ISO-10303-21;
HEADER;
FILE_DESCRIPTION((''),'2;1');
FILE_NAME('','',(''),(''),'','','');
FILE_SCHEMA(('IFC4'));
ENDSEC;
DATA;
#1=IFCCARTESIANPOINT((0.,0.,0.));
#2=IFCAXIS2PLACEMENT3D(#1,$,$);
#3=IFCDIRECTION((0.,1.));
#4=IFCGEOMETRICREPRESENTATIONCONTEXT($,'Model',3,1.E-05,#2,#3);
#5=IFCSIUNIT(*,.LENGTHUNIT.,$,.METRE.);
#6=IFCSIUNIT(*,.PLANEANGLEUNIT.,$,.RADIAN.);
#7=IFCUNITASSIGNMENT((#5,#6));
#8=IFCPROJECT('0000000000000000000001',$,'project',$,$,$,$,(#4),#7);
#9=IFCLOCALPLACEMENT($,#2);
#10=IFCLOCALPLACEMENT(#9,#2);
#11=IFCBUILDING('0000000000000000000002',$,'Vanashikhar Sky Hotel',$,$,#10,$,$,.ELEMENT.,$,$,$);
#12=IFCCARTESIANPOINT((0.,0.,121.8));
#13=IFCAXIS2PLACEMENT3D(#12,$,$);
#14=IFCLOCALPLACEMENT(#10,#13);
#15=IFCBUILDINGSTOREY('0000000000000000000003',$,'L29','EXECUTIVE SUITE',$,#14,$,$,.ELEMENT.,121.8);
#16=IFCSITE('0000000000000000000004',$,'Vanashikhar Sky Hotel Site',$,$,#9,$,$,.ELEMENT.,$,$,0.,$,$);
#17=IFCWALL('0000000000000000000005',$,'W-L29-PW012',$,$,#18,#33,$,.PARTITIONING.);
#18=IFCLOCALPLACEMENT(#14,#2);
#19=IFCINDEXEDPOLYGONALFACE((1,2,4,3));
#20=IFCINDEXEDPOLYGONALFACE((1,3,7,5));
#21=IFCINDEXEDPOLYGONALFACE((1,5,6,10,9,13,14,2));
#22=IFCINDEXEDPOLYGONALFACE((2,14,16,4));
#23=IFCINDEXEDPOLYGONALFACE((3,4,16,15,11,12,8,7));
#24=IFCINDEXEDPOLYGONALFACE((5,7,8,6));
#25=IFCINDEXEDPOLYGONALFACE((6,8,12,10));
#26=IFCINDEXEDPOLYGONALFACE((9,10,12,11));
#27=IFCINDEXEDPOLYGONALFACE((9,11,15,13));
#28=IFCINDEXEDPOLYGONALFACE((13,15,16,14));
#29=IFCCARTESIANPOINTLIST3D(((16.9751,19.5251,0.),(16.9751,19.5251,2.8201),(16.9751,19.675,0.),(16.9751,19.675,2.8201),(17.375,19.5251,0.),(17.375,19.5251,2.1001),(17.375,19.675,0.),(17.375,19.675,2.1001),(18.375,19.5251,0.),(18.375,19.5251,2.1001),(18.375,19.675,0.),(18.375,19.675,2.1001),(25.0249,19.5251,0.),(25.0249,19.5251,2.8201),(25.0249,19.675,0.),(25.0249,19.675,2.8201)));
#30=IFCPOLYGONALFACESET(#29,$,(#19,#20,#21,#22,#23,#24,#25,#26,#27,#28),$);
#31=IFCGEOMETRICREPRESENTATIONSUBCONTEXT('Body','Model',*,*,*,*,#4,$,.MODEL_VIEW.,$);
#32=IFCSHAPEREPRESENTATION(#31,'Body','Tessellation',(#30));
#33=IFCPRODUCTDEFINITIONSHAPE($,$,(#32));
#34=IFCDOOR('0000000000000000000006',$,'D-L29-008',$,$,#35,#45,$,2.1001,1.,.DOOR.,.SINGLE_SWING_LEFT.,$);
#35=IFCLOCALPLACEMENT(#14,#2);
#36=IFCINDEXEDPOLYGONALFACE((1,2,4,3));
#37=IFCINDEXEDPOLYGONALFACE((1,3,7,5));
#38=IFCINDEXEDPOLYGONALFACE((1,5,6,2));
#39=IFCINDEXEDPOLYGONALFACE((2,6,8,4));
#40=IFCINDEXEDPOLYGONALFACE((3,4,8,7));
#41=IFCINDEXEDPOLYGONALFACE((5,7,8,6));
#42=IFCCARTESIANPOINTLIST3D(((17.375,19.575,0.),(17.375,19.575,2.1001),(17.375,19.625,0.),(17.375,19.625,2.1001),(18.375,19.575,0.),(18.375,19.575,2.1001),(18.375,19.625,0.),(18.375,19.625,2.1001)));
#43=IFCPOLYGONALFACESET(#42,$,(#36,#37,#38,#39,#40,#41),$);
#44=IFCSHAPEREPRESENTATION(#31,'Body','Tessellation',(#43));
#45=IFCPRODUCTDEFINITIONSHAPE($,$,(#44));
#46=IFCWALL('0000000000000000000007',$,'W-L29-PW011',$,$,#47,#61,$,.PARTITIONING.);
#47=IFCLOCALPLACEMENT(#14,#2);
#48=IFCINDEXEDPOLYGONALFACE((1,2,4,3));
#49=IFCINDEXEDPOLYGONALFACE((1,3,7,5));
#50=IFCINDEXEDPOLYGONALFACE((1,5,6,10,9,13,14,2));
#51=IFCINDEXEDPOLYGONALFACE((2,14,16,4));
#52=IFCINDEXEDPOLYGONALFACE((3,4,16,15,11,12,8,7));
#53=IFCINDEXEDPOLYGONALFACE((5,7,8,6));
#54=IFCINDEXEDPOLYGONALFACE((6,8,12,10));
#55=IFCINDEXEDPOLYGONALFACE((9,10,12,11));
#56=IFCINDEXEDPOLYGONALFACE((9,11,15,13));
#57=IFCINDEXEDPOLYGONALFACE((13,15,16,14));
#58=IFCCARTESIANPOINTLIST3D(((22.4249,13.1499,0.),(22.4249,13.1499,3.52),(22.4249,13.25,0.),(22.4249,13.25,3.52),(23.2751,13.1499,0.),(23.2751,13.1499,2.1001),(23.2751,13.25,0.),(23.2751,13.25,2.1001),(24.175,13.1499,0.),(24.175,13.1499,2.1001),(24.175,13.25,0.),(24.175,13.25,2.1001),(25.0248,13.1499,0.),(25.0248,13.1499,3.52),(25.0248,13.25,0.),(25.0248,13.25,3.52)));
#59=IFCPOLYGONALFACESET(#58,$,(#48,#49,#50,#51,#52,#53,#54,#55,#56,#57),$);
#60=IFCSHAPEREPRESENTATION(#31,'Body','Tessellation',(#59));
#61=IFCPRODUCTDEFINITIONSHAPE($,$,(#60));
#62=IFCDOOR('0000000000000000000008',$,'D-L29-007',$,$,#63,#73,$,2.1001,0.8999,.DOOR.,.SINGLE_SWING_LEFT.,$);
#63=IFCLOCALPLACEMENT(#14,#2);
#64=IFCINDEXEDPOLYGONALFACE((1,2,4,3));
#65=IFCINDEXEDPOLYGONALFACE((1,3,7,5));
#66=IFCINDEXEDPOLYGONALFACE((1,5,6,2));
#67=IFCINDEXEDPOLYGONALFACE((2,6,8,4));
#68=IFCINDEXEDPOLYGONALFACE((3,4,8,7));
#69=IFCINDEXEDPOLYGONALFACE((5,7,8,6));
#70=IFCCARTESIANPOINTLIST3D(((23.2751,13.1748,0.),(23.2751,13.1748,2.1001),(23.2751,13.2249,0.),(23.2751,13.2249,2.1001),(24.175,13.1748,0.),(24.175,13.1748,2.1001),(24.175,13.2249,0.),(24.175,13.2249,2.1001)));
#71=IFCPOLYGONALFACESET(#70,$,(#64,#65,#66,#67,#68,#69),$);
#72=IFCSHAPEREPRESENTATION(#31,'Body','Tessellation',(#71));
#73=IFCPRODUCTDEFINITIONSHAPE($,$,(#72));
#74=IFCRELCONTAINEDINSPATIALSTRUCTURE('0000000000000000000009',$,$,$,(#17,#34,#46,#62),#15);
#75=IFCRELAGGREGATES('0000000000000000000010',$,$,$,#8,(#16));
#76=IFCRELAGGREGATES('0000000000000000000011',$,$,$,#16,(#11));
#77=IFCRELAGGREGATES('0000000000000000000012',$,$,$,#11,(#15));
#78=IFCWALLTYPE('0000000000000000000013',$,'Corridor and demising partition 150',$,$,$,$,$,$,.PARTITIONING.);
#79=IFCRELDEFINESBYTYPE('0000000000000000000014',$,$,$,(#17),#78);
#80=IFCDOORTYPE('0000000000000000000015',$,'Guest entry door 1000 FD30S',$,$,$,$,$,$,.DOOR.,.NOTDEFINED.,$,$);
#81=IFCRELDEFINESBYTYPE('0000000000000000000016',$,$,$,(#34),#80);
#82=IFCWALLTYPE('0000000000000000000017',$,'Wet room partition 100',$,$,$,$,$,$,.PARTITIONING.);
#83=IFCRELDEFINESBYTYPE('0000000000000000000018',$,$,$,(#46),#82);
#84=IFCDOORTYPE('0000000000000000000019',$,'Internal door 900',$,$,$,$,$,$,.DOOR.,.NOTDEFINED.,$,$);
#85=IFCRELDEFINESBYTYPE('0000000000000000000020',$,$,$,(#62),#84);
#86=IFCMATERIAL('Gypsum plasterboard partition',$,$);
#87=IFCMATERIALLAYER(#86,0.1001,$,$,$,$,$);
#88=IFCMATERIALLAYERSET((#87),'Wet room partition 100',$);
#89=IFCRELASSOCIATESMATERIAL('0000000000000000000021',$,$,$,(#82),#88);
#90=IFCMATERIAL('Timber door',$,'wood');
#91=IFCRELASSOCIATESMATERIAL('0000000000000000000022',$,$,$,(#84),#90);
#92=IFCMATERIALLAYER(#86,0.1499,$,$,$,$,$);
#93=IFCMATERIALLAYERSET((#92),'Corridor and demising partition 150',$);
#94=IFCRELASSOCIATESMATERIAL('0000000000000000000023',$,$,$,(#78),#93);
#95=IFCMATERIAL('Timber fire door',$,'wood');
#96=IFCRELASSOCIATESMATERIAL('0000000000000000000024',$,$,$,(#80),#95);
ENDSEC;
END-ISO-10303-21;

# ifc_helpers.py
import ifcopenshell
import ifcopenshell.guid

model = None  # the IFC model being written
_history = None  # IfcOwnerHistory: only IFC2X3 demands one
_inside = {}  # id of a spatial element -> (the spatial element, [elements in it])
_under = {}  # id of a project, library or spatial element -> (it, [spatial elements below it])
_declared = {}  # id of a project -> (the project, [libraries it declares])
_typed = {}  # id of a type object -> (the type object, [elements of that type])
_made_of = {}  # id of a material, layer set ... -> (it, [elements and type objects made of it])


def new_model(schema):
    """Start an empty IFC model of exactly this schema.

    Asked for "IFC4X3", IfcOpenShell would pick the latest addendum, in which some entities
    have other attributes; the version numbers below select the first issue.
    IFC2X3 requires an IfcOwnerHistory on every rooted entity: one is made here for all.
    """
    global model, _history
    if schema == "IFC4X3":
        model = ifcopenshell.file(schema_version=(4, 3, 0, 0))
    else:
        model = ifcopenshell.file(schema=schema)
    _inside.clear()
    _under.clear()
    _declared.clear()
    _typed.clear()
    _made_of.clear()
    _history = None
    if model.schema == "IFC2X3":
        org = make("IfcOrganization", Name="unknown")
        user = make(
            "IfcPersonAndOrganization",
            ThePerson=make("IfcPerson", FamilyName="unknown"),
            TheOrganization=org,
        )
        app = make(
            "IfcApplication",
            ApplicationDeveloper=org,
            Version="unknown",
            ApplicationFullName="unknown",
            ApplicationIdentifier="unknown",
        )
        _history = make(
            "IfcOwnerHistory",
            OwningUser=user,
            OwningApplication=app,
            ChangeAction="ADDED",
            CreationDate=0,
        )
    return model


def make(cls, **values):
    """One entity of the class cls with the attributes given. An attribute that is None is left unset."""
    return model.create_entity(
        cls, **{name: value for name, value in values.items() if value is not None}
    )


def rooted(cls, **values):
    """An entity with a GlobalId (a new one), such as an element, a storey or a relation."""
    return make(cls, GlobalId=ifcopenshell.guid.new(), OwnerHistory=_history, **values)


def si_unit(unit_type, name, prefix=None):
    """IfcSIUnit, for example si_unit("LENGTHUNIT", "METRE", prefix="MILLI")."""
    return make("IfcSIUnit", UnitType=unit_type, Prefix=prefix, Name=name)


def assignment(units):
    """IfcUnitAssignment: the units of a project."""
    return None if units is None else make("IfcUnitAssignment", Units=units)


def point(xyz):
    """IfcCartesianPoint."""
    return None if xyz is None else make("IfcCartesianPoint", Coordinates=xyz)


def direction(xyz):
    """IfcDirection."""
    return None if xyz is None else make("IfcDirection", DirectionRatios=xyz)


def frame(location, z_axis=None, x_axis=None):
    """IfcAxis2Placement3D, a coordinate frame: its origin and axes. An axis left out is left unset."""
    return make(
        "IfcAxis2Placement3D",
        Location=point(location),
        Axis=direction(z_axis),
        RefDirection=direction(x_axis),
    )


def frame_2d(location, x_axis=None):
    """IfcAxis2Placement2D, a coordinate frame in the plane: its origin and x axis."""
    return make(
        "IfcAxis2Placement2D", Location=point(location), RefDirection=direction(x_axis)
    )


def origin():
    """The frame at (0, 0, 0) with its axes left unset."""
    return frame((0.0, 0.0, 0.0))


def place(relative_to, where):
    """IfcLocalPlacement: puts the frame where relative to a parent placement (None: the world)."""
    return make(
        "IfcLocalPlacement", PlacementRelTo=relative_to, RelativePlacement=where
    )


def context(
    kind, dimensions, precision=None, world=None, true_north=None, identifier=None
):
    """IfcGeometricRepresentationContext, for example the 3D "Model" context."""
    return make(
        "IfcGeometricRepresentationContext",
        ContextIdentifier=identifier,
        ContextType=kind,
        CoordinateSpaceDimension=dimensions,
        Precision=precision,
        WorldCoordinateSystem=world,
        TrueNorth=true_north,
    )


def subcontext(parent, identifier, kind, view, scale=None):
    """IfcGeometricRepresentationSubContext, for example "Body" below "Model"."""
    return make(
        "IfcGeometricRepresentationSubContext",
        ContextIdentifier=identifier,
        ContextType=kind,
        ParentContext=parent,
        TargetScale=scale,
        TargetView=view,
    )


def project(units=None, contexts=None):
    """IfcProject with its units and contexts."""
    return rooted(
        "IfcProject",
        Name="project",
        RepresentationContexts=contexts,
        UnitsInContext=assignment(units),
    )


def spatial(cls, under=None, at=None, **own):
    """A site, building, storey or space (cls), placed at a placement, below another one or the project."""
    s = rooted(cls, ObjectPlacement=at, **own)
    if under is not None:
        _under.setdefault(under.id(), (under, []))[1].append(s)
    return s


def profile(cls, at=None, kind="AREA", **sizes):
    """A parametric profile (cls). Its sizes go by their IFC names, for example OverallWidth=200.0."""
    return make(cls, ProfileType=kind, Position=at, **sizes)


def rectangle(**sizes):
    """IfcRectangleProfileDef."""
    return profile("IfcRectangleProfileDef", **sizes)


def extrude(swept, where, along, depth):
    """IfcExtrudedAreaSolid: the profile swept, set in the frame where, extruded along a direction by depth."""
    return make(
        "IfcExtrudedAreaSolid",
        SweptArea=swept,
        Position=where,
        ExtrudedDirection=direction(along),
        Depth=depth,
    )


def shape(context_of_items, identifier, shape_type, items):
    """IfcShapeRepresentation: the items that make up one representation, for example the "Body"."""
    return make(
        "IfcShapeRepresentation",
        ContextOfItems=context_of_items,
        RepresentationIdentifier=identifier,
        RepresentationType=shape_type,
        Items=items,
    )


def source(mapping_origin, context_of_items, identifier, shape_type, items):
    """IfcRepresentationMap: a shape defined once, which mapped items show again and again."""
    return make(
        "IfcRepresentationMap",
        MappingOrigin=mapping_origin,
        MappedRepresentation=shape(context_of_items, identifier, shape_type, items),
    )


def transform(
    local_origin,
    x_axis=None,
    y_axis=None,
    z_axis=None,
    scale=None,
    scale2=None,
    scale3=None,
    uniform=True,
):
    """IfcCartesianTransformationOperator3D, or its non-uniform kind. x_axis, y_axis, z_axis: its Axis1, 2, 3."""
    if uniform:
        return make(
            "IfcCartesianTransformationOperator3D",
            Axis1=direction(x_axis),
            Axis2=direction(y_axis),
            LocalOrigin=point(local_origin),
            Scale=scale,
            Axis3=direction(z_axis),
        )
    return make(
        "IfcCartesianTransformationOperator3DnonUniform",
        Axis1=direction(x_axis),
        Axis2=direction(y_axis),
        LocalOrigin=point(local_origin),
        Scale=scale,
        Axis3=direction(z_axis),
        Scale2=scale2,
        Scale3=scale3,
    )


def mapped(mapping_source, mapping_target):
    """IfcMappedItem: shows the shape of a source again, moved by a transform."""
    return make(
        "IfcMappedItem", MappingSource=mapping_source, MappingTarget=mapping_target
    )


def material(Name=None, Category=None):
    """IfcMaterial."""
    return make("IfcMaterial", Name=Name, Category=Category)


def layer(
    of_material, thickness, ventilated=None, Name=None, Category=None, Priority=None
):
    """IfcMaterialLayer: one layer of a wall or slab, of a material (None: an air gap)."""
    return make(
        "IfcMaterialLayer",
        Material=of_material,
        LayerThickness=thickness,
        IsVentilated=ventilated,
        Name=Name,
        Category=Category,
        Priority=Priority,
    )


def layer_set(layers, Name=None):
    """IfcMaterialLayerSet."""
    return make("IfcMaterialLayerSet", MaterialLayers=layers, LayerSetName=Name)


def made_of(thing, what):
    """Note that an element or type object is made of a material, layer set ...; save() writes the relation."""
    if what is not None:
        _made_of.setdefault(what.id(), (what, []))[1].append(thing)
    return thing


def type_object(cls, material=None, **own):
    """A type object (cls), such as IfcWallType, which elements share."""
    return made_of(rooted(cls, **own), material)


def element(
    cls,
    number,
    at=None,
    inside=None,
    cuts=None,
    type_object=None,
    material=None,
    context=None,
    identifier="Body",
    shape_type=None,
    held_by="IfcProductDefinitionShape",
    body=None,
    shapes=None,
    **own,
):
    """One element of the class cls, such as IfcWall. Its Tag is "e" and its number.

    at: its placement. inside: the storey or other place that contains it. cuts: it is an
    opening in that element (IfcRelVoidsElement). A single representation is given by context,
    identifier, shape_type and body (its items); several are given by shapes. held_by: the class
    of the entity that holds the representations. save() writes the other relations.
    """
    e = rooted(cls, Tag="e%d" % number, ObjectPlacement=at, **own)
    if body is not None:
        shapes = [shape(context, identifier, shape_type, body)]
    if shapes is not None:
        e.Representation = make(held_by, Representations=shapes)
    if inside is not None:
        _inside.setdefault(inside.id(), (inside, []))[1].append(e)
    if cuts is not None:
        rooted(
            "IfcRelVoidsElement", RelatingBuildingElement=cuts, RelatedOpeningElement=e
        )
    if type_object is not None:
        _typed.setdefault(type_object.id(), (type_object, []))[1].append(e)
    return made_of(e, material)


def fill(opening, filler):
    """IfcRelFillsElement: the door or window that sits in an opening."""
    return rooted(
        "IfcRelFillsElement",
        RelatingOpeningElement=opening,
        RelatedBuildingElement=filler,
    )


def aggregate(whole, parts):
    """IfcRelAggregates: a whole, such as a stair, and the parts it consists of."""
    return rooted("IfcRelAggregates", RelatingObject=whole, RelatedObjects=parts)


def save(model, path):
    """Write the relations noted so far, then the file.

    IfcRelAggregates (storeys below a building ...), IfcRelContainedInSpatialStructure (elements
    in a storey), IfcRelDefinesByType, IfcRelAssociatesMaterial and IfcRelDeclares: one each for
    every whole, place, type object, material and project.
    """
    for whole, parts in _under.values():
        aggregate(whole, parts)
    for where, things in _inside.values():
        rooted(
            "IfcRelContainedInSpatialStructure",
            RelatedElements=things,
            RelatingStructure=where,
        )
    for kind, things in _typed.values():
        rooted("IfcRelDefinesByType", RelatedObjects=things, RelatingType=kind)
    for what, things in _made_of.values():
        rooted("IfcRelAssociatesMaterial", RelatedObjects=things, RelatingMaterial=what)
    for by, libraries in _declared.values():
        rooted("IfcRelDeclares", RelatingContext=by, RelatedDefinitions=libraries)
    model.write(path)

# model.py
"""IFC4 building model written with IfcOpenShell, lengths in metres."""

from ifc_helpers import new_model, si_unit, direction, frame, frame_2d, origin, place, context, subcontext, project, spatial, rectangle, extrude, source, transform, mapped, material, layer, layer_set, type_object, element, fill, save


model = new_model("IFC4")

# Units and contexts
model_context = context("Model", 3, precision=1e-05, world=origin(), true_north=direction((0.0, 1.0)))
body_context = subcontext(model_context, "Body", "Model", "MODEL_VIEW")
ifc_project = project(units=[si_unit("LENGTHUNIT", "METRE"), si_unit("PLANEANGLEUNIT", "RADIAN")], contexts=[model_context])

# Site, building, storey
site_placement = place(None, origin())
site = spatial("IfcSite", under=ifc_project, at=site_placement, Name="Vanashikhar Sky Hotel Site", CompositionType="ELEMENT", RefElevation=0.0)
building_placement = place(site_placement, origin())
building = spatial("IfcBuilding", under=site, at=building_placement, Name="Vanashikhar Sky Hotel", CompositionType="ELEMENT")
storey_placement = place(building_placement, frame((0.0, 0.0, 121.8)))
storey = spatial("IfcBuildingStorey", under=building, at=storey_placement, Name="L29", Description="EXECUTIVE SUITE", CompositionType="ELEMENT", Elevation=121.8)

# Shared definitions
ifc_material_1 = material(Name="Gypsum plasterboard partition")
ifc_layer_1 = layer(ifc_material_1, 0.1001)
ifc_layer_set_1 = layer_set([ifc_layer_1], Name="Wet room partition 100")
wall_type_1 = type_object("IfcWallType", Name="Wet room partition 100", PredefinedType="PARTITIONING", material=ifc_layer_set_1)
shared_shape_1 = source(origin(), body_context, "Body", "SweptSolid", [
    extrude(rectangle(XDim=0.8999, YDim=2.1001, at=frame_2d((0.45, 1.05))), frame((0.0, 0.0601, 0.0), z_axis=(0.0, -1.0, 0.0), x_axis=(1.0, 0.0, 0.0)), (0.0, 0.0, 1.0), 0.1201),
])
ifc_material_2 = material(Name="Timber door", Category="wood")
door_type_1 = type_object("IfcDoorType", Name="Internal door 900", OperationType="NOTDEFINED", PredefinedType="DOOR", material=ifc_material_2)
shared_shape_2 = source(origin(), body_context, "Body", "SweptSolid", [
    extrude(rectangle(XDim=0.8999, YDim=2.1001, at=frame_2d((0.45, 1.05))), frame((0.0, 0.0249, 0.0), z_axis=(0.0, -1.0, 0.0), x_axis=(1.0, 0.0, 0.0)), (0.0, 0.0, 1.0), 0.05),
])

# Walls, openings, doors
ifc_layer_2 = layer(ifc_material_1, 0.1499)
ifc_layer_set_2 = layer_set([ifc_layer_2], Name="Corridor and demising partition 150")
wall_type_2 = type_object("IfcWallType", Name="Corridor and demising partition 150", PredefinedType="PARTITIONING", material=ifc_layer_set_2)
shared_shape_3 = source(origin(), body_context, "Body", "SweptSolid", [
    extrude(rectangle(XDim=1.0, YDim=2.1001, at=frame_2d((0.5, 1.05))), frame((0.0, 0.085, 0.0), z_axis=(0.0, -1.0, 0.0), x_axis=(1.0, 0.0, 0.0)), (0.0, 0.0, 1.0), 0.1699),
])
ifc_material_3 = material(Name="Timber fire door", Category="wood")
door_type_2 = type_object("IfcDoorType", Name="Guest entry door 1000 FD30S", OperationType="NOTDEFINED", PredefinedType="DOOR", material=ifc_material_3)
shared_shape_4 = source(origin(), body_context, "Body", "SweptSolid", [
    extrude(rectangle(XDim=1.0, YDim=2.1001, at=frame_2d((0.5, 1.05))), frame((0.0, 0.0249, 0.0), z_axis=(0.0, -1.0, 0.0), x_axis=(1.0, 0.0, 0.0)), (0.0, 0.0, 1.0), 0.05),
])
shared_shape_5 = source(origin(), body_context, "Body", "SweptSolid", [
    extrude(rectangle(XDim=8.0498, YDim=0.1499, at=frame_2d((4.0249, 0.0))), origin(), (0.0, 0.0, 1.0), 2.8201),
])
wall_1_placement = place(storey_placement, frame((16.9751, 19.6001, 0.0), z_axis=(0.0, 0.0, 1.0), x_axis=(1.0, 0.0, 0.0)))
wall_1 = element("IfcWall", 1, at=wall_1_placement, inside=storey, type_object=wall_type_2, Name="W-L29-PW012", PredefinedType="PARTITIONING", context=body_context, shape_type="MappedRepresentation", body=[
    mapped(shared_shape_5, transform((0.0, 0.0, 0.0), scale=1.0)),
])
opening_1_placement = place(wall_1_placement, frame((0.3999, 0.0, 0.0)))
opening_1 = element("IfcOpeningElement", 2, at=opening_1_placement, cuts=wall_1, PredefinedType="OPENING", context=body_context, shape_type="MappedRepresentation", body=[
    mapped(shared_shape_3, transform((0.0, 0.0, 0.0), scale=1.0)),
])
door_1_placement = place(opening_1_placement, origin())
door_1 = element("IfcDoor", 3, at=door_1_placement, inside=storey, type_object=door_type_2, Name="D-L29-008", OperationType="SINGLE_SWING_LEFT", OverallHeight=2.1001, OverallWidth=1.0, PredefinedType="DOOR", context=body_context, shape_type="MappedRepresentation", body=[
    mapped(shared_shape_4, transform((0.0, 0.0, 0.0), scale=1.0)),
])
fill(opening_1, door_1)
shared_shape_6 = source(origin(), body_context, "Body", "SweptSolid", [
    extrude(rectangle(XDim=2.5999, YDim=0.1001, at=frame_2d((1.2998, 0.0))), origin(), (0.0, 0.0, 1.0), 3.52),
])
wall_2_placement = place(storey_placement, frame((22.425, 13.2, 0.0), z_axis=(0.0, 0.0, 1.0), x_axis=(1.0, 0.0, 0.0)))
wall_2 = element("IfcWall", 4, at=wall_2_placement, inside=storey, type_object=wall_type_1, Name="W-L29-PW011", PredefinedType="PARTITIONING", context=body_context, shape_type="MappedRepresentation", body=[
    mapped(shared_shape_6, transform((0.0, 0.0, 0.0), scale=1.0)),
])
opening_2_placement = place(wall_2_placement, frame((0.8501, 0.0, 0.0)))
opening_2 = element("IfcOpeningElement", 5, at=opening_2_placement, cuts=wall_2, PredefinedType="OPENING", context=body_context, shape_type="MappedRepresentation", body=[
    mapped(shared_shape_1, transform((0.0, 0.0, 0.0), scale=1.0)),
])
door_2_placement = place(opening_2_placement, origin())
door_2 = element("IfcDoor", 6, at=door_2_placement, inside=storey, type_object=door_type_1, Name="D-L29-007", OperationType="SINGLE_SWING_LEFT", OverallHeight=2.1001, OverallWidth=0.8999, PredefinedType="DOOR", context=body_context, shape_type="MappedRepresentation", body=[
    mapped(shared_shape_2, transform((0.0, 0.0, 0.0), scale=1.0)),
])
fill(opening_2, door_2)

save(model, "model.ifc")
